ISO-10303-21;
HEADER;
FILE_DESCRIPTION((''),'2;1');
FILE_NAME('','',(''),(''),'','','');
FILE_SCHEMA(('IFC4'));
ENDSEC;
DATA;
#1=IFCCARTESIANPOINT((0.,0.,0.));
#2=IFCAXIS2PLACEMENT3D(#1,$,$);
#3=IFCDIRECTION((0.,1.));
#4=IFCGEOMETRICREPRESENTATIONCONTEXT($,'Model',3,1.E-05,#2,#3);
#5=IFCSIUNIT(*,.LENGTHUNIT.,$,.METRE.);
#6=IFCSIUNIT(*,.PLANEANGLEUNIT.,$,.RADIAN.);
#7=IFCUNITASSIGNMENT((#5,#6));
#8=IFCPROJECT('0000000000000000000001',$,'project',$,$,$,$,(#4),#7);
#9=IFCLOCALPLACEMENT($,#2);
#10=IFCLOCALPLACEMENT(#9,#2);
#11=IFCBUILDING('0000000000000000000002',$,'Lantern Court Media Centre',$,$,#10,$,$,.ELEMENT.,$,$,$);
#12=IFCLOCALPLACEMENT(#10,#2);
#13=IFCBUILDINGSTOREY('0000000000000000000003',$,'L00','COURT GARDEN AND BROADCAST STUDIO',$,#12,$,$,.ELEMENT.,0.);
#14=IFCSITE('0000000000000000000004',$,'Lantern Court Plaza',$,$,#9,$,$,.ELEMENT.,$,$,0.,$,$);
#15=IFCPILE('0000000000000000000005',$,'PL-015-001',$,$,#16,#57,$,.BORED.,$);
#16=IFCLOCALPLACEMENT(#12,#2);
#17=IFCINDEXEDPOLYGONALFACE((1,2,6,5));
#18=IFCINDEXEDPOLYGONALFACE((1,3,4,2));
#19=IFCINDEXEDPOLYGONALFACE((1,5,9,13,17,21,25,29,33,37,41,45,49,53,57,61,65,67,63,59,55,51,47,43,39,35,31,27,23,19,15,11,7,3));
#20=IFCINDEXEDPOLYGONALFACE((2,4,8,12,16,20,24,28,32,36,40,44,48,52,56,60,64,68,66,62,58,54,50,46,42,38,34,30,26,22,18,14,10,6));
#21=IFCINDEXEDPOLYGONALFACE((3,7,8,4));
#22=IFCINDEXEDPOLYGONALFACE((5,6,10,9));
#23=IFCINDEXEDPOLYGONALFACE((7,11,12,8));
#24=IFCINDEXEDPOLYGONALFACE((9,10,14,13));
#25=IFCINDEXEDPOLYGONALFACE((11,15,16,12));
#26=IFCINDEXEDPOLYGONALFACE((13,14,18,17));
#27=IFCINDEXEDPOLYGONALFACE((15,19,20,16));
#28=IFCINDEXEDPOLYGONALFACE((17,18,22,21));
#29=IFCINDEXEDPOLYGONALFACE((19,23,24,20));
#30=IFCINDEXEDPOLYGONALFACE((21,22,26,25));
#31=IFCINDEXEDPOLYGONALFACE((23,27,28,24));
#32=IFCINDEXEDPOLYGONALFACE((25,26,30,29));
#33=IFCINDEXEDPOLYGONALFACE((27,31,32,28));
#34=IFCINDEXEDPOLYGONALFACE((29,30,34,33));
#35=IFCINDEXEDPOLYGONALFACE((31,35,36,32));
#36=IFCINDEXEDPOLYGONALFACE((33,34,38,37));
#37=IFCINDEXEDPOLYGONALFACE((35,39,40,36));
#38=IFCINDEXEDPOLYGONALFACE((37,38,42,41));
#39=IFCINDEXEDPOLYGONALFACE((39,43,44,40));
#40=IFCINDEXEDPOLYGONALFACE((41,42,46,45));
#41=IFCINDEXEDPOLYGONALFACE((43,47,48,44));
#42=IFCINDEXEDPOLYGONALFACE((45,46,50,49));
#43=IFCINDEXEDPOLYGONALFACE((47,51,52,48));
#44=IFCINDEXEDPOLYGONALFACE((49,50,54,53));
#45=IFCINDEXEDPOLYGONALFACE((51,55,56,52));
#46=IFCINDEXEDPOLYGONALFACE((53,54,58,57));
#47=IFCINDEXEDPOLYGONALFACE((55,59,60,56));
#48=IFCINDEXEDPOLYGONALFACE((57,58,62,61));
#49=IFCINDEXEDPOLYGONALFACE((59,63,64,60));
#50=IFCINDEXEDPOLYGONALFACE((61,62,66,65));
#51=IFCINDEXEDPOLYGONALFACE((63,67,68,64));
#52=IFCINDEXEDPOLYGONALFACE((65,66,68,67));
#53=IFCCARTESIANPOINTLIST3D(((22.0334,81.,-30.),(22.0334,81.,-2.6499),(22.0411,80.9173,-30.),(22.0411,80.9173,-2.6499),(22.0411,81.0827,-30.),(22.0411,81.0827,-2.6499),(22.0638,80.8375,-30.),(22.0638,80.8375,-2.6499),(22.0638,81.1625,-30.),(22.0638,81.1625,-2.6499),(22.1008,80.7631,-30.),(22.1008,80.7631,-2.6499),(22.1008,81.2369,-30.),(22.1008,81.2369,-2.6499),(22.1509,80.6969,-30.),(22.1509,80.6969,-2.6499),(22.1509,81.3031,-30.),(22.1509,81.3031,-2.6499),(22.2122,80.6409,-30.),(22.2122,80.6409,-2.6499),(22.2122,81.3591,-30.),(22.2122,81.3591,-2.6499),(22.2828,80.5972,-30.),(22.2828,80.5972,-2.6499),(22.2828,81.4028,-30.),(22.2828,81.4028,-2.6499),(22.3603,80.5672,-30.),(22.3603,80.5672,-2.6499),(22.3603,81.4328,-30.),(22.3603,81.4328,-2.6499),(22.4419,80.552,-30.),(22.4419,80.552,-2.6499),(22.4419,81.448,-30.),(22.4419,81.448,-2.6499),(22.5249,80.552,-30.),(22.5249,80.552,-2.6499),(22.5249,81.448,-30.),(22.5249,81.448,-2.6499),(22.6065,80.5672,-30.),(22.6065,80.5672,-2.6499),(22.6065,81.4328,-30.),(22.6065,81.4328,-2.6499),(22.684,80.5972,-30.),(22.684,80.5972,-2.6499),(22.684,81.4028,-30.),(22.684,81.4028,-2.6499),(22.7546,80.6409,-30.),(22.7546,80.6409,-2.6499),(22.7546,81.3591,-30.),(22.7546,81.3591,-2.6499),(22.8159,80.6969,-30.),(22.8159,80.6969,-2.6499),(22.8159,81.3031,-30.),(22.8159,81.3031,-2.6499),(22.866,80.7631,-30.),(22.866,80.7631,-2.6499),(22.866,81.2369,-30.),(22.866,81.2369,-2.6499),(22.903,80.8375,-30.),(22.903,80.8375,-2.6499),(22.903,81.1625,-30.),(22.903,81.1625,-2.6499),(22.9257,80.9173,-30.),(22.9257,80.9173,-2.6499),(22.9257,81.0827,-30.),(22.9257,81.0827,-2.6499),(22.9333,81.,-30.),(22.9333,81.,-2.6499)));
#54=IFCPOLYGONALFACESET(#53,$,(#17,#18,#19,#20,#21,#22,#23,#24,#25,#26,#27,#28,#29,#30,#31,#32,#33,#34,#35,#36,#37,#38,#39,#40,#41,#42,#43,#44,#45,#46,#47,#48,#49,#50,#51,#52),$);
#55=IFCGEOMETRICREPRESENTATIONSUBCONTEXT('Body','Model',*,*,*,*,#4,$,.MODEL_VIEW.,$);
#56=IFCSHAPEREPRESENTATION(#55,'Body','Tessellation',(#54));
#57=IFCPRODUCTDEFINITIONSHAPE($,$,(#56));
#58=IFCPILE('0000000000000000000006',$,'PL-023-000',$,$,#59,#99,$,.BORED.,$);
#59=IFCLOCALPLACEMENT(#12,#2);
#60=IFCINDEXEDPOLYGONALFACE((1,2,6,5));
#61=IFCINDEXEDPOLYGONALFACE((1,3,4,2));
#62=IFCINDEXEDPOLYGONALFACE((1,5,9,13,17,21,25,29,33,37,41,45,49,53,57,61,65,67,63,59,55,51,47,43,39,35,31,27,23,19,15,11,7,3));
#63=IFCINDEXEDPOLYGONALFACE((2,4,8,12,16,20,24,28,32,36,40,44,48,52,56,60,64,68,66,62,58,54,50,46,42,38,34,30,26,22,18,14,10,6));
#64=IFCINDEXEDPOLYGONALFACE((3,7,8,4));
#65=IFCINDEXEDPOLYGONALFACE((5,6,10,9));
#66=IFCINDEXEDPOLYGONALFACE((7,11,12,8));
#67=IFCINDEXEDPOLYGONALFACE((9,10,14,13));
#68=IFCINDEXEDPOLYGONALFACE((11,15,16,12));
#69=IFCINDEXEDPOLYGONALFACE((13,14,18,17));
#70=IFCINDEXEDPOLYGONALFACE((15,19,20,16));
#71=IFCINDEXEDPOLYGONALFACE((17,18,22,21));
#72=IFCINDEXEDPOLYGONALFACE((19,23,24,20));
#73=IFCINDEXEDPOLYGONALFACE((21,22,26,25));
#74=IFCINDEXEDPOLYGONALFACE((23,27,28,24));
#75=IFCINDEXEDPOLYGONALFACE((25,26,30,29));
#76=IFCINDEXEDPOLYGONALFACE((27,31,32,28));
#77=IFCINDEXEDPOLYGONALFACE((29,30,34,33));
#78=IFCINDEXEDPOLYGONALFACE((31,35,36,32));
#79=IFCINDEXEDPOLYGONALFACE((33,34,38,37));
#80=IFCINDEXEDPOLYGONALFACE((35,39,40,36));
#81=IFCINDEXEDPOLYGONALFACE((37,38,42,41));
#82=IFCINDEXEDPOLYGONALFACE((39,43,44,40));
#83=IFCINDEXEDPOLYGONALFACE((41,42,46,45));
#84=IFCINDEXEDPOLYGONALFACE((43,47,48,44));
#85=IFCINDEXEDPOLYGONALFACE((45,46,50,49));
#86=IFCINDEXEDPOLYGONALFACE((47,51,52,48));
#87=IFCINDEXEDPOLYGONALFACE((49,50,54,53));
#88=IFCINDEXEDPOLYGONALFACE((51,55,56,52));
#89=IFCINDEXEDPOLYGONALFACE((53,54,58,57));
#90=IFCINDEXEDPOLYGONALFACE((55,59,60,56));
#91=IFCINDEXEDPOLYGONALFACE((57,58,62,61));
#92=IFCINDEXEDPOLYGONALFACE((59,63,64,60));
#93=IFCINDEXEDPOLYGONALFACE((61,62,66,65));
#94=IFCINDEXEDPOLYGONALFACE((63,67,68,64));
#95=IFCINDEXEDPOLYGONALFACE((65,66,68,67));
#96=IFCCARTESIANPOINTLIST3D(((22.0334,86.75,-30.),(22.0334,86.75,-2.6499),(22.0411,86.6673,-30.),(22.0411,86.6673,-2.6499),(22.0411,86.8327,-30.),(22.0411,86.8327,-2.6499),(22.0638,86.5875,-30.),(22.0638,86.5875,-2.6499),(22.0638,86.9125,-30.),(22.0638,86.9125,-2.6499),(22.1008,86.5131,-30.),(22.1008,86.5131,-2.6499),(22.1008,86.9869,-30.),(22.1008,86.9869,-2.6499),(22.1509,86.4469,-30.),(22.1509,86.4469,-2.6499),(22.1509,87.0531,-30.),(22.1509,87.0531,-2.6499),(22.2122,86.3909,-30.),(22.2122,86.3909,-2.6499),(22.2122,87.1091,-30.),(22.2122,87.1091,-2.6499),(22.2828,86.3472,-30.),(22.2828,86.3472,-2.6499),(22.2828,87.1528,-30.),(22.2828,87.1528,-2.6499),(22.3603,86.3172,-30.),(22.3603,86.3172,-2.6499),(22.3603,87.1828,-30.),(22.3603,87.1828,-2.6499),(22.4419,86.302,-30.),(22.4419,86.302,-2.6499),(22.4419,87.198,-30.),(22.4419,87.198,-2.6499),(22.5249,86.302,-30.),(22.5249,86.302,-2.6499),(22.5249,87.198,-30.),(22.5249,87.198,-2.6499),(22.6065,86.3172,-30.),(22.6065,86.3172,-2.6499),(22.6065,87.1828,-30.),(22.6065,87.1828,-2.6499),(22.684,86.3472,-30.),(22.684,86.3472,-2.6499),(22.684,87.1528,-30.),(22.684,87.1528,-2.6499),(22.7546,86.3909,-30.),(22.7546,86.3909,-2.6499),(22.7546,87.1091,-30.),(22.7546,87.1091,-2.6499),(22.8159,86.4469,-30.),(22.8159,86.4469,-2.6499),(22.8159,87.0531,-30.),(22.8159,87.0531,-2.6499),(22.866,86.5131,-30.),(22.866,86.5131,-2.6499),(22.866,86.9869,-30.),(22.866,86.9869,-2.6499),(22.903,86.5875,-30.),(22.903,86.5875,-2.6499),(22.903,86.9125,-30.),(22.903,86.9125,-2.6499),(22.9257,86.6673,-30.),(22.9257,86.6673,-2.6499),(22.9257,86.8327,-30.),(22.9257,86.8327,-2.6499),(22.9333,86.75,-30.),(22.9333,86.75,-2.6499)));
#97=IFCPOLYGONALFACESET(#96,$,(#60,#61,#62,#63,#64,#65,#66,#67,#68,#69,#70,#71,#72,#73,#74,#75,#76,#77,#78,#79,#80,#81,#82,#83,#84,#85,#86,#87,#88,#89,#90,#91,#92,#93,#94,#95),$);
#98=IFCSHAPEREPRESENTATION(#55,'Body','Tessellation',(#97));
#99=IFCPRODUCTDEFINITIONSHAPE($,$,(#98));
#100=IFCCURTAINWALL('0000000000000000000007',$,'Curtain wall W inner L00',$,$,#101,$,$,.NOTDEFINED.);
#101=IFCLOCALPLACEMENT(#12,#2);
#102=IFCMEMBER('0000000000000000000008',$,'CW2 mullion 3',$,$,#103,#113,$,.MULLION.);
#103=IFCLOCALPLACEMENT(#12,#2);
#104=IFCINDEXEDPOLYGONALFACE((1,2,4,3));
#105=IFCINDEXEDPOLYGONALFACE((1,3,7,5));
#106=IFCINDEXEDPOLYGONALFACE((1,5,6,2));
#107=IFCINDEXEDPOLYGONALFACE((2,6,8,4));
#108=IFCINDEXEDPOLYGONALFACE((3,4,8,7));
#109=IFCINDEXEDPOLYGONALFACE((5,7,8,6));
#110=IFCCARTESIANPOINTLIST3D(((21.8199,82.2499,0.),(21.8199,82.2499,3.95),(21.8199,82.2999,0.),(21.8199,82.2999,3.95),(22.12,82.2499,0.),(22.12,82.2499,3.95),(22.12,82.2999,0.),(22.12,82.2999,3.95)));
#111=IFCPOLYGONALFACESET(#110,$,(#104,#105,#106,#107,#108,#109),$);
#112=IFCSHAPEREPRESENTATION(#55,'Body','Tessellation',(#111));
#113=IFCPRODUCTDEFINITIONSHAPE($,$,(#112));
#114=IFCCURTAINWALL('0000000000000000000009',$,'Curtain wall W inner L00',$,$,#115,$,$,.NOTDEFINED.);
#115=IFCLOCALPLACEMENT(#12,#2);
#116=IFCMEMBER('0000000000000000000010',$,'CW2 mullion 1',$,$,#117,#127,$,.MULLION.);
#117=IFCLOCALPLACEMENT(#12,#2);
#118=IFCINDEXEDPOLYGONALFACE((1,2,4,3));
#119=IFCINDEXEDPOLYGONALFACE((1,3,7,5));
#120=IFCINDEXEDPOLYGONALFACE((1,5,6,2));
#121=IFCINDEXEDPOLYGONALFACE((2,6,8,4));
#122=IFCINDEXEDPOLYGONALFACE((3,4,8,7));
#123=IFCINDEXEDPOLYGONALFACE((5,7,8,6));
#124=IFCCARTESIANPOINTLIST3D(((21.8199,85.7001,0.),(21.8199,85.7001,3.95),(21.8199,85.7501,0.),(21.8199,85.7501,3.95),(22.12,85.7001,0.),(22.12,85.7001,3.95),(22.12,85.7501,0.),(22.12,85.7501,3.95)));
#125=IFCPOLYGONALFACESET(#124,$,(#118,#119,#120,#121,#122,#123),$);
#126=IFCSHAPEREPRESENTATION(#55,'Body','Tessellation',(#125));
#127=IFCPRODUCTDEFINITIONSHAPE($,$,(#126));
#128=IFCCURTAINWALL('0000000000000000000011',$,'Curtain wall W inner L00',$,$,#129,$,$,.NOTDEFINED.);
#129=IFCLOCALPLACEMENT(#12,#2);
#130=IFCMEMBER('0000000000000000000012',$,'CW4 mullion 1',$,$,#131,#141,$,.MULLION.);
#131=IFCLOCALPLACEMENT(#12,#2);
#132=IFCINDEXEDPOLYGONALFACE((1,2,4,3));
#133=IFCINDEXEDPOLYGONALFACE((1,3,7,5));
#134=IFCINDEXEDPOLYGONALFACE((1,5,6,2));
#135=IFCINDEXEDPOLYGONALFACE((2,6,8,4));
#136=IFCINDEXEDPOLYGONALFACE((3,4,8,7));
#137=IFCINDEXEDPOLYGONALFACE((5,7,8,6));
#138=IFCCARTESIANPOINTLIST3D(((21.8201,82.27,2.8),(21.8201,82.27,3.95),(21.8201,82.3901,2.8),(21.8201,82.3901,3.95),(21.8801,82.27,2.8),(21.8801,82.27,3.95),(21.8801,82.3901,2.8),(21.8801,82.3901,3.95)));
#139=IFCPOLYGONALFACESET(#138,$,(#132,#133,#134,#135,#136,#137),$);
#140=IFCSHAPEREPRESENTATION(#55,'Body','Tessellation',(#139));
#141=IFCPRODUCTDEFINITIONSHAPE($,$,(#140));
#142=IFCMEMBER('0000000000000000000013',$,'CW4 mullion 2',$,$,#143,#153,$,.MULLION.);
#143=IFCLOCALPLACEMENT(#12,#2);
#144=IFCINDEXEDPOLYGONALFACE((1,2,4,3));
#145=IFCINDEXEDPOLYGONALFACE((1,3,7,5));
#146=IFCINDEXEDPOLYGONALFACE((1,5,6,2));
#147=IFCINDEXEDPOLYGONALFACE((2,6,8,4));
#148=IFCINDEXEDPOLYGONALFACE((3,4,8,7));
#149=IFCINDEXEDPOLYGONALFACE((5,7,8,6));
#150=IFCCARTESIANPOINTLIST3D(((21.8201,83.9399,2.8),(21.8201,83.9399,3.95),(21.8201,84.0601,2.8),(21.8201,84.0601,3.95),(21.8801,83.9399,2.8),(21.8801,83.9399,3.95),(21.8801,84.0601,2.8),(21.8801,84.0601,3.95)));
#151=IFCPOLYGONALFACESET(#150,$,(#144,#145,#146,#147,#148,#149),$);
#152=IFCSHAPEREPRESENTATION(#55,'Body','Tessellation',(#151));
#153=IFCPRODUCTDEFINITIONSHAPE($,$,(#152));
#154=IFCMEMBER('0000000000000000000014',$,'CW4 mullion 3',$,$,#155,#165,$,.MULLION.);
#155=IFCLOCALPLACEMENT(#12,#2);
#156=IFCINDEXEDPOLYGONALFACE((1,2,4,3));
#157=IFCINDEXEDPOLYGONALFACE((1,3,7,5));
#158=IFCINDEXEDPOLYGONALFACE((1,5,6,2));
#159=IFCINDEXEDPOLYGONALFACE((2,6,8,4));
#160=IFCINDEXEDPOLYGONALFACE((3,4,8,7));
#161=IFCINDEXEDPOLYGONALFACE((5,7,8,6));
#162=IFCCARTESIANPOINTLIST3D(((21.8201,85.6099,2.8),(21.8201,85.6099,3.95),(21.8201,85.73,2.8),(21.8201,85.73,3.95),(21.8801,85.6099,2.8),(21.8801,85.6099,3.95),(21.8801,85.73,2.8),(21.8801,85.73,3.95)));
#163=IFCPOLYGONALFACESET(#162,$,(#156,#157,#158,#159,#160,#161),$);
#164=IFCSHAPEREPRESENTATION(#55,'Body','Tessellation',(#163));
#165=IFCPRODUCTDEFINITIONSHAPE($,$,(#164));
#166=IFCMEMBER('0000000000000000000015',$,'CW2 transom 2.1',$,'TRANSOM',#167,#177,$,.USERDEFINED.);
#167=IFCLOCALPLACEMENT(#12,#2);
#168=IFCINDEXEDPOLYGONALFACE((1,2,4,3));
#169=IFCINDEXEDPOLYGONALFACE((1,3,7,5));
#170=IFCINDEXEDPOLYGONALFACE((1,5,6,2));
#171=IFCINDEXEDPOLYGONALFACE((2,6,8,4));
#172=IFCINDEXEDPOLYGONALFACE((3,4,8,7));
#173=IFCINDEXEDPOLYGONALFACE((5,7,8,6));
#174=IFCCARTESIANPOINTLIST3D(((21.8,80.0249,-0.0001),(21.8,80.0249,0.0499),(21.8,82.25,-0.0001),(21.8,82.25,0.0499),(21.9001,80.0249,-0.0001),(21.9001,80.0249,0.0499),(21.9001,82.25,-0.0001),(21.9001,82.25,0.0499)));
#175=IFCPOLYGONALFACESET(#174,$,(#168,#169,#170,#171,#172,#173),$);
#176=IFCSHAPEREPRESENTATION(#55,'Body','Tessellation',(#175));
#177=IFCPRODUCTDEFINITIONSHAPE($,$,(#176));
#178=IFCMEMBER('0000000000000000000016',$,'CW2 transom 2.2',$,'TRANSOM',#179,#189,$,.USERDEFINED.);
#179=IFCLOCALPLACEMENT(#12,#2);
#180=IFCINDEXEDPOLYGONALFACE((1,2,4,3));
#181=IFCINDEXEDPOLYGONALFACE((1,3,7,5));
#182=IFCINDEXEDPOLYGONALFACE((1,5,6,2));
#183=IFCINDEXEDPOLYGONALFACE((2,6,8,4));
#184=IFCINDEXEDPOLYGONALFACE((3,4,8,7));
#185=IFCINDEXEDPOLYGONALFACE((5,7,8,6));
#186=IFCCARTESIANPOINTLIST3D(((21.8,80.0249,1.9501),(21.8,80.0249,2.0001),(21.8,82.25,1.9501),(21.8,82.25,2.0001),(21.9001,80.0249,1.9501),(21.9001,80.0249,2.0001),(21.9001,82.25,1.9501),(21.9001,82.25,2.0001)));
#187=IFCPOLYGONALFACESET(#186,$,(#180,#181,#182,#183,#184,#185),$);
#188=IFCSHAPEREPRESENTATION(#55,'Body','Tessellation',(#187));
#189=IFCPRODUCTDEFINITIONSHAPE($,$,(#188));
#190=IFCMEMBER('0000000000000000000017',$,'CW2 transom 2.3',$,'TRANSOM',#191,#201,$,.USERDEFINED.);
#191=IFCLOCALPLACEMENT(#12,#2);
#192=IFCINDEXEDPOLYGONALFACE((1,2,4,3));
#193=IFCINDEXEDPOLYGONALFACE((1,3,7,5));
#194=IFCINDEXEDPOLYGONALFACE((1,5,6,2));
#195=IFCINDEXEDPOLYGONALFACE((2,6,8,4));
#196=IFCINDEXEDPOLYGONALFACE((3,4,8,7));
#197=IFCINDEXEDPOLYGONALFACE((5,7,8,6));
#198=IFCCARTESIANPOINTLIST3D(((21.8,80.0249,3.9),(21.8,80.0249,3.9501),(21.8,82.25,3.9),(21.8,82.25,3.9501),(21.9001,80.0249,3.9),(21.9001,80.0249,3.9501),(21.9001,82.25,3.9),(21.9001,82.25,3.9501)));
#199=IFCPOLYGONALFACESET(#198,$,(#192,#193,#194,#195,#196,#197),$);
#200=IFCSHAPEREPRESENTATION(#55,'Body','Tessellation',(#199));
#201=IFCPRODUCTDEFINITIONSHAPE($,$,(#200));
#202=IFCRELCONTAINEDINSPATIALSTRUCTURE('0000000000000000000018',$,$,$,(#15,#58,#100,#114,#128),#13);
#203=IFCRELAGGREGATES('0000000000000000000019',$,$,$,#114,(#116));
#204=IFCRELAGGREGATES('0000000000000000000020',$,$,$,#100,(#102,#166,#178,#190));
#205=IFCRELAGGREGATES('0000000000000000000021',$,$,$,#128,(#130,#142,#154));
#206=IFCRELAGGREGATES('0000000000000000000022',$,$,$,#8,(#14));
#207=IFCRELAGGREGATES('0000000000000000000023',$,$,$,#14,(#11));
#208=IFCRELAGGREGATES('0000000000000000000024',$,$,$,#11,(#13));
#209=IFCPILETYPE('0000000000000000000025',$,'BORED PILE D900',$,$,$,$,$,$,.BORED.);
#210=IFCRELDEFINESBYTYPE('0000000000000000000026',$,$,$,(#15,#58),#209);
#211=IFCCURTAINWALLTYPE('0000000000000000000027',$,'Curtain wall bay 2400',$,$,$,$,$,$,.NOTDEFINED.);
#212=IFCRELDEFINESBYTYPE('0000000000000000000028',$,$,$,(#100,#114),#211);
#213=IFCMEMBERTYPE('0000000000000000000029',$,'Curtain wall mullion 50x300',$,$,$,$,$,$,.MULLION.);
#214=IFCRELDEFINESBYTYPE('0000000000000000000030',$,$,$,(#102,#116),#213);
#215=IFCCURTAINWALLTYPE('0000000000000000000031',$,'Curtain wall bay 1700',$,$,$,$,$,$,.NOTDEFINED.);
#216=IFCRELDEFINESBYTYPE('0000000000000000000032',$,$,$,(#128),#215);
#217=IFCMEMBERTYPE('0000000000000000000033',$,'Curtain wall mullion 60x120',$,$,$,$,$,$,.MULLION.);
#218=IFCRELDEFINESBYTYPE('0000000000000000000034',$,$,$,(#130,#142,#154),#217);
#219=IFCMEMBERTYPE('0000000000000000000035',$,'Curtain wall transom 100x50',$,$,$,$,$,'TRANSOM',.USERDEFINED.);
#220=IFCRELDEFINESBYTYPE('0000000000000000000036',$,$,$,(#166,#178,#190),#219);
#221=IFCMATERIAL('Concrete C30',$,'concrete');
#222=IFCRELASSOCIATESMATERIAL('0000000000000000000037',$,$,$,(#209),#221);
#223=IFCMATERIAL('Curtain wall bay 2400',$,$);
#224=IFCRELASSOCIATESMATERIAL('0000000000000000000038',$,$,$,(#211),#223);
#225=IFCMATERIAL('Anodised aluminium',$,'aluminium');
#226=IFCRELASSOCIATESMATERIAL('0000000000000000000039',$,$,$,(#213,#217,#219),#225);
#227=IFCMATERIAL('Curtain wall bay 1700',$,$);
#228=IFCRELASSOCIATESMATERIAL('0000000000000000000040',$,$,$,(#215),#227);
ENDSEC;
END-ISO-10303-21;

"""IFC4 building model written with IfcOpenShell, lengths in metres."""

from ifc_helpers import new_model, si_unit, direction, frame, origin, origin_2d, place, context, subcontext, project, spatial, rectangle, circle, extrude, material, material_profile, profile_set, type_object, element, aggregate, save


model = new_model("IFC4")

# Units and contexts
model_context = context("Model", 3, precision=1e-05, world=origin(), true_north=direction((0.0, 1.0)))
body_context = subcontext(model_context, "Body", "Model", "MODEL_VIEW")
ifc_project = project(units=[si_unit("LENGTHUNIT", "METRE"), si_unit("PLANEANGLEUNIT", "RADIAN")], contexts=[model_context])

# Site, building, storey
site_placement = place(None, origin())
site = spatial("IfcSite", under=ifc_project, at=site_placement, Name="Lantern Court Plaza", CompositionType="ELEMENT", RefElevation=0.0)
building_placement = place(site_placement, origin())
building = spatial("IfcBuilding", under=site, at=building_placement, Name="Lantern Court Media Centre", CompositionType="ELEMENT")
storey_placement = place(building_placement, origin())
storey = spatial("IfcBuildingStorey", under=building, at=storey_placement, Name="L00", Description="COURT GARDEN AND BROADCAST STUDIO", CompositionType="ELEMENT", Elevation=0.0)

# Piles
ifc_material_1 = material(Name="Concrete C30", Category="concrete")
ifc_material_profile_1 = material_profile(ifc_material_1, circle(Radius=0.45, at=origin_2d()), Name="D900")
ifc_profile_set_1 = profile_set([ifc_material_profile_1], Name="Concrete C30")
pile_type = type_object("IfcPileType", Name="BORED PILE D900", PredefinedType="BORED", material=ifc_profile_set_1)
for number, where, z_axis, x_axis, name in (
    (1, (22.4834, 81.0, -2.6499), (0.0, 0.0, -1.0), (1.0, 0.0, 0.0), "PL-015-001"),
    (2, (22.4834, 86.75, -2.6499), (0.0, 0.0, -1.0), (1.0, 0.0, 0.0), "PL-023-000"),
):
    element("IfcPile", number, at=place(storey_placement, frame(where, z_axis=z_axis, x_axis=x_axis)), inside=storey, type_object=pile_type, Name=name, PredefinedType="BORED", context=body_context, shape_type="SweptSolid", body=[
        extrude(circle(Radius=0.45, at=origin_2d()), origin(), (0.0, 0.0, 1.0), 27.3501),
    ])

# Curtain walls, members
ifc_material_2 = material(Name="Curtain wall bay 2400")
curtain_wall_type_1 = type_object("IfcCurtainWallType", Name="Curtain wall bay 2400", PredefinedType="NOTDEFINED", material=ifc_material_2)
curtain_wall_1_placement = place(storey_placement, origin())
curtain_wall_1 = element("IfcCurtainWall", 3, at=curtain_wall_1_placement, inside=storey, type_object=curtain_wall_type_1, Name="Curtain wall W inner L00", PredefinedType="NOTDEFINED")
ifc_material_3 = material(Name="Anodised aluminium", Category="aluminium")
ifc_material_profile_2 = material_profile(ifc_material_3, rectangle(XDim=0.3, YDim=0.05, at=origin_2d()), Name="AL 50x300")
ifc_profile_set_2 = profile_set([ifc_material_profile_2], Name="Anodised aluminium")
member_type_1 = type_object("IfcMemberType", Name="Curtain wall mullion 50x300", PredefinedType="MULLION", material=ifc_profile_set_2)
member_1_placement = place(storey_placement, frame((21.97, 82.2749, 0.0), z_axis=(0.0, 0.0, 1.0), x_axis=(-1.0, 0.0, 0.0)))
member_1 = element("IfcMember", 4, at=member_1_placement, type_object=member_type_1, Name="CW2 mullion 3", PredefinedType="MULLION", context=body_context, shape_type="SweptSolid", body=[
    extrude(rectangle(XDim=0.3, YDim=0.05, at=origin_2d()), origin(), (0.0, 0.0, 1.0), 3.95),
])
curtain_wall_2_placement = place(storey_placement, origin())
curtain_wall_2 = element("IfcCurtainWall", 5, at=curtain_wall_2_placement, inside=storey, type_object=curtain_wall_type_1, Name="Curtain wall W inner L00", PredefinedType="NOTDEFINED")
member_2_placement = place(storey_placement, frame((21.97, 85.7251, 0.0), z_axis=(0.0, 0.0, 1.0), x_axis=(-1.0, 0.0, 0.0)))
member_2 = element("IfcMember", 6, at=member_2_placement, type_object=member_type_1, Name="CW2 mullion 1", PredefinedType="MULLION", context=body_context, shape_type="SweptSolid", body=[
    extrude(rectangle(XDim=0.3, YDim=0.05, at=origin_2d()), origin(), (0.0, 0.0, 1.0), 3.95),
])

# Curtain wall, members
ifc_material_4 = material(Name="Curtain wall bay 1700")
curtain_wall_type_2 = type_object("IfcCurtainWallType", Name="Curtain wall bay 1700", PredefinedType="NOTDEFINED", material=ifc_material_4)
curtain_wall_3_placement = place(storey_placement, origin())
curtain_wall_3 = element("IfcCurtainWall", 7, at=curtain_wall_3_placement, inside=storey, type_object=curtain_wall_type_2, Name="Curtain wall W inner L00", PredefinedType="NOTDEFINED")
ifc_material_profile_3 = material_profile(ifc_material_3, rectangle(XDim=0.0601, YDim=0.1201, at=origin_2d()), Name="AL 60x120")
ifc_profile_set_3 = profile_set([ifc_material_profile_3], Name="Anodised aluminium")
member_type_2 = type_object("IfcMemberType", Name="Curtain wall mullion 60x120", PredefinedType="MULLION", material=ifc_profile_set_3)
member_3_placement = place(storey_placement, frame((21.8501, 82.3301, 2.8), z_axis=(0.0, 0.0, 1.0), x_axis=(-1.0, 0.0, 0.0)))
member_3 = element("IfcMember", 8, at=member_3_placement, type_object=member_type_2, Name="CW4 mullion 1", PredefinedType="MULLION", context=body_context, shape_type="SweptSolid", body=[
    extrude(rectangle(XDim=0.0601, YDim=0.1201, at=origin_2d()), origin(), (0.0, 0.0, 1.0), 1.1499),
])
member_4_placement = place(storey_placement, frame((21.8501, 84.0, 2.8), z_axis=(0.0, 0.0, 1.0), x_axis=(-1.0, 0.0, 0.0)))
member_4 = element("IfcMember", 9, at=member_4_placement, type_object=member_type_2, Name="CW4 mullion 2", PredefinedType="MULLION", context=body_context, shape_type="SweptSolid", body=[
    extrude(rectangle(XDim=0.0601, YDim=0.1201, at=origin_2d()), origin(), (0.0, 0.0, 1.0), 1.1499),
])
member_5_placement = place(storey_placement, frame((21.8501, 85.6699, 2.8), z_axis=(0.0, 0.0, 1.0), x_axis=(-1.0, 0.0, 0.0)))
member_5 = element("IfcMember", 10, at=member_5_placement, type_object=member_type_2, Name="CW4 mullion 3", PredefinedType="MULLION", context=body_context, shape_type="SweptSolid", body=[
    extrude(rectangle(XDim=0.0601, YDim=0.1201, at=origin_2d()), origin(), (0.0, 0.0, 1.0), 1.1499),
])

# Members
ifc_material_profile_4 = material_profile(ifc_material_3, rectangle(XDim=0.1001, YDim=0.05, at=origin_2d()), Name="AL 50x100")
ifc_profile_set_4 = profile_set([ifc_material_profile_4], Name="Anodised aluminium")
member_type_3 = type_object("IfcMemberType", Name="Curtain wall transom 100x50", ElementType="TRANSOM", PredefinedType="USERDEFINED", material=ifc_profile_set_4)
member_6_placement = place(storey_placement, frame((21.8501, 80.0249, 0.0249), z_axis=(0.0, 1.0, 0.0), x_axis=(-1.0, 0.0, 0.0)))
member_6 = element("IfcMember", 11, at=member_6_placement, type_object=member_type_3, Name="CW2 transom 2.1", ObjectType="TRANSOM", PredefinedType="USERDEFINED", context=body_context, shape_type="SweptSolid", body=[
    extrude(rectangle(XDim=0.1001, YDim=0.05, at=origin_2d()), origin(), (0.0, 0.0, 1.0), 2.2251),
])
member_7_placement = place(storey_placement, frame((21.8501, 80.0249, 1.9751), z_axis=(0.0, 1.0, 0.0), x_axis=(-1.0, 0.0, 0.0)))
member_7 = element("IfcMember", 12, at=member_7_placement, type_object=member_type_3, Name="CW2 transom 2.2", ObjectType="TRANSOM", PredefinedType="USERDEFINED", context=body_context, shape_type="SweptSolid", body=[
    extrude(rectangle(XDim=0.1001, YDim=0.05, at=origin_2d()), origin(), (0.0, 0.0, 1.0), 2.2251),
])
member_8_placement = place(storey_placement, frame((21.8501, 80.0249, 3.925), z_axis=(0.0, 1.0, 0.0), x_axis=(-1.0, 0.0, 0.0)))
member_8 = element("IfcMember", 13, at=member_8_placement, type_object=member_type_3, Name="CW2 transom 2.3", ObjectType="TRANSOM", PredefinedType="USERDEFINED", context=body_context, shape_type="SweptSolid", body=[
    extrude(rectangle(XDim=0.1001, YDim=0.05, at=origin_2d()), origin(), (0.0, 0.0, 1.0), 2.2251),
])
aggregate(curtain_wall_2, [member_2])

aggregate(curtain_wall_1, [member_1, member_6, member_7, member_8])
aggregate(curtain_wall_3, [member_3, member_4, member_5])

save(model, "model.ifc")
